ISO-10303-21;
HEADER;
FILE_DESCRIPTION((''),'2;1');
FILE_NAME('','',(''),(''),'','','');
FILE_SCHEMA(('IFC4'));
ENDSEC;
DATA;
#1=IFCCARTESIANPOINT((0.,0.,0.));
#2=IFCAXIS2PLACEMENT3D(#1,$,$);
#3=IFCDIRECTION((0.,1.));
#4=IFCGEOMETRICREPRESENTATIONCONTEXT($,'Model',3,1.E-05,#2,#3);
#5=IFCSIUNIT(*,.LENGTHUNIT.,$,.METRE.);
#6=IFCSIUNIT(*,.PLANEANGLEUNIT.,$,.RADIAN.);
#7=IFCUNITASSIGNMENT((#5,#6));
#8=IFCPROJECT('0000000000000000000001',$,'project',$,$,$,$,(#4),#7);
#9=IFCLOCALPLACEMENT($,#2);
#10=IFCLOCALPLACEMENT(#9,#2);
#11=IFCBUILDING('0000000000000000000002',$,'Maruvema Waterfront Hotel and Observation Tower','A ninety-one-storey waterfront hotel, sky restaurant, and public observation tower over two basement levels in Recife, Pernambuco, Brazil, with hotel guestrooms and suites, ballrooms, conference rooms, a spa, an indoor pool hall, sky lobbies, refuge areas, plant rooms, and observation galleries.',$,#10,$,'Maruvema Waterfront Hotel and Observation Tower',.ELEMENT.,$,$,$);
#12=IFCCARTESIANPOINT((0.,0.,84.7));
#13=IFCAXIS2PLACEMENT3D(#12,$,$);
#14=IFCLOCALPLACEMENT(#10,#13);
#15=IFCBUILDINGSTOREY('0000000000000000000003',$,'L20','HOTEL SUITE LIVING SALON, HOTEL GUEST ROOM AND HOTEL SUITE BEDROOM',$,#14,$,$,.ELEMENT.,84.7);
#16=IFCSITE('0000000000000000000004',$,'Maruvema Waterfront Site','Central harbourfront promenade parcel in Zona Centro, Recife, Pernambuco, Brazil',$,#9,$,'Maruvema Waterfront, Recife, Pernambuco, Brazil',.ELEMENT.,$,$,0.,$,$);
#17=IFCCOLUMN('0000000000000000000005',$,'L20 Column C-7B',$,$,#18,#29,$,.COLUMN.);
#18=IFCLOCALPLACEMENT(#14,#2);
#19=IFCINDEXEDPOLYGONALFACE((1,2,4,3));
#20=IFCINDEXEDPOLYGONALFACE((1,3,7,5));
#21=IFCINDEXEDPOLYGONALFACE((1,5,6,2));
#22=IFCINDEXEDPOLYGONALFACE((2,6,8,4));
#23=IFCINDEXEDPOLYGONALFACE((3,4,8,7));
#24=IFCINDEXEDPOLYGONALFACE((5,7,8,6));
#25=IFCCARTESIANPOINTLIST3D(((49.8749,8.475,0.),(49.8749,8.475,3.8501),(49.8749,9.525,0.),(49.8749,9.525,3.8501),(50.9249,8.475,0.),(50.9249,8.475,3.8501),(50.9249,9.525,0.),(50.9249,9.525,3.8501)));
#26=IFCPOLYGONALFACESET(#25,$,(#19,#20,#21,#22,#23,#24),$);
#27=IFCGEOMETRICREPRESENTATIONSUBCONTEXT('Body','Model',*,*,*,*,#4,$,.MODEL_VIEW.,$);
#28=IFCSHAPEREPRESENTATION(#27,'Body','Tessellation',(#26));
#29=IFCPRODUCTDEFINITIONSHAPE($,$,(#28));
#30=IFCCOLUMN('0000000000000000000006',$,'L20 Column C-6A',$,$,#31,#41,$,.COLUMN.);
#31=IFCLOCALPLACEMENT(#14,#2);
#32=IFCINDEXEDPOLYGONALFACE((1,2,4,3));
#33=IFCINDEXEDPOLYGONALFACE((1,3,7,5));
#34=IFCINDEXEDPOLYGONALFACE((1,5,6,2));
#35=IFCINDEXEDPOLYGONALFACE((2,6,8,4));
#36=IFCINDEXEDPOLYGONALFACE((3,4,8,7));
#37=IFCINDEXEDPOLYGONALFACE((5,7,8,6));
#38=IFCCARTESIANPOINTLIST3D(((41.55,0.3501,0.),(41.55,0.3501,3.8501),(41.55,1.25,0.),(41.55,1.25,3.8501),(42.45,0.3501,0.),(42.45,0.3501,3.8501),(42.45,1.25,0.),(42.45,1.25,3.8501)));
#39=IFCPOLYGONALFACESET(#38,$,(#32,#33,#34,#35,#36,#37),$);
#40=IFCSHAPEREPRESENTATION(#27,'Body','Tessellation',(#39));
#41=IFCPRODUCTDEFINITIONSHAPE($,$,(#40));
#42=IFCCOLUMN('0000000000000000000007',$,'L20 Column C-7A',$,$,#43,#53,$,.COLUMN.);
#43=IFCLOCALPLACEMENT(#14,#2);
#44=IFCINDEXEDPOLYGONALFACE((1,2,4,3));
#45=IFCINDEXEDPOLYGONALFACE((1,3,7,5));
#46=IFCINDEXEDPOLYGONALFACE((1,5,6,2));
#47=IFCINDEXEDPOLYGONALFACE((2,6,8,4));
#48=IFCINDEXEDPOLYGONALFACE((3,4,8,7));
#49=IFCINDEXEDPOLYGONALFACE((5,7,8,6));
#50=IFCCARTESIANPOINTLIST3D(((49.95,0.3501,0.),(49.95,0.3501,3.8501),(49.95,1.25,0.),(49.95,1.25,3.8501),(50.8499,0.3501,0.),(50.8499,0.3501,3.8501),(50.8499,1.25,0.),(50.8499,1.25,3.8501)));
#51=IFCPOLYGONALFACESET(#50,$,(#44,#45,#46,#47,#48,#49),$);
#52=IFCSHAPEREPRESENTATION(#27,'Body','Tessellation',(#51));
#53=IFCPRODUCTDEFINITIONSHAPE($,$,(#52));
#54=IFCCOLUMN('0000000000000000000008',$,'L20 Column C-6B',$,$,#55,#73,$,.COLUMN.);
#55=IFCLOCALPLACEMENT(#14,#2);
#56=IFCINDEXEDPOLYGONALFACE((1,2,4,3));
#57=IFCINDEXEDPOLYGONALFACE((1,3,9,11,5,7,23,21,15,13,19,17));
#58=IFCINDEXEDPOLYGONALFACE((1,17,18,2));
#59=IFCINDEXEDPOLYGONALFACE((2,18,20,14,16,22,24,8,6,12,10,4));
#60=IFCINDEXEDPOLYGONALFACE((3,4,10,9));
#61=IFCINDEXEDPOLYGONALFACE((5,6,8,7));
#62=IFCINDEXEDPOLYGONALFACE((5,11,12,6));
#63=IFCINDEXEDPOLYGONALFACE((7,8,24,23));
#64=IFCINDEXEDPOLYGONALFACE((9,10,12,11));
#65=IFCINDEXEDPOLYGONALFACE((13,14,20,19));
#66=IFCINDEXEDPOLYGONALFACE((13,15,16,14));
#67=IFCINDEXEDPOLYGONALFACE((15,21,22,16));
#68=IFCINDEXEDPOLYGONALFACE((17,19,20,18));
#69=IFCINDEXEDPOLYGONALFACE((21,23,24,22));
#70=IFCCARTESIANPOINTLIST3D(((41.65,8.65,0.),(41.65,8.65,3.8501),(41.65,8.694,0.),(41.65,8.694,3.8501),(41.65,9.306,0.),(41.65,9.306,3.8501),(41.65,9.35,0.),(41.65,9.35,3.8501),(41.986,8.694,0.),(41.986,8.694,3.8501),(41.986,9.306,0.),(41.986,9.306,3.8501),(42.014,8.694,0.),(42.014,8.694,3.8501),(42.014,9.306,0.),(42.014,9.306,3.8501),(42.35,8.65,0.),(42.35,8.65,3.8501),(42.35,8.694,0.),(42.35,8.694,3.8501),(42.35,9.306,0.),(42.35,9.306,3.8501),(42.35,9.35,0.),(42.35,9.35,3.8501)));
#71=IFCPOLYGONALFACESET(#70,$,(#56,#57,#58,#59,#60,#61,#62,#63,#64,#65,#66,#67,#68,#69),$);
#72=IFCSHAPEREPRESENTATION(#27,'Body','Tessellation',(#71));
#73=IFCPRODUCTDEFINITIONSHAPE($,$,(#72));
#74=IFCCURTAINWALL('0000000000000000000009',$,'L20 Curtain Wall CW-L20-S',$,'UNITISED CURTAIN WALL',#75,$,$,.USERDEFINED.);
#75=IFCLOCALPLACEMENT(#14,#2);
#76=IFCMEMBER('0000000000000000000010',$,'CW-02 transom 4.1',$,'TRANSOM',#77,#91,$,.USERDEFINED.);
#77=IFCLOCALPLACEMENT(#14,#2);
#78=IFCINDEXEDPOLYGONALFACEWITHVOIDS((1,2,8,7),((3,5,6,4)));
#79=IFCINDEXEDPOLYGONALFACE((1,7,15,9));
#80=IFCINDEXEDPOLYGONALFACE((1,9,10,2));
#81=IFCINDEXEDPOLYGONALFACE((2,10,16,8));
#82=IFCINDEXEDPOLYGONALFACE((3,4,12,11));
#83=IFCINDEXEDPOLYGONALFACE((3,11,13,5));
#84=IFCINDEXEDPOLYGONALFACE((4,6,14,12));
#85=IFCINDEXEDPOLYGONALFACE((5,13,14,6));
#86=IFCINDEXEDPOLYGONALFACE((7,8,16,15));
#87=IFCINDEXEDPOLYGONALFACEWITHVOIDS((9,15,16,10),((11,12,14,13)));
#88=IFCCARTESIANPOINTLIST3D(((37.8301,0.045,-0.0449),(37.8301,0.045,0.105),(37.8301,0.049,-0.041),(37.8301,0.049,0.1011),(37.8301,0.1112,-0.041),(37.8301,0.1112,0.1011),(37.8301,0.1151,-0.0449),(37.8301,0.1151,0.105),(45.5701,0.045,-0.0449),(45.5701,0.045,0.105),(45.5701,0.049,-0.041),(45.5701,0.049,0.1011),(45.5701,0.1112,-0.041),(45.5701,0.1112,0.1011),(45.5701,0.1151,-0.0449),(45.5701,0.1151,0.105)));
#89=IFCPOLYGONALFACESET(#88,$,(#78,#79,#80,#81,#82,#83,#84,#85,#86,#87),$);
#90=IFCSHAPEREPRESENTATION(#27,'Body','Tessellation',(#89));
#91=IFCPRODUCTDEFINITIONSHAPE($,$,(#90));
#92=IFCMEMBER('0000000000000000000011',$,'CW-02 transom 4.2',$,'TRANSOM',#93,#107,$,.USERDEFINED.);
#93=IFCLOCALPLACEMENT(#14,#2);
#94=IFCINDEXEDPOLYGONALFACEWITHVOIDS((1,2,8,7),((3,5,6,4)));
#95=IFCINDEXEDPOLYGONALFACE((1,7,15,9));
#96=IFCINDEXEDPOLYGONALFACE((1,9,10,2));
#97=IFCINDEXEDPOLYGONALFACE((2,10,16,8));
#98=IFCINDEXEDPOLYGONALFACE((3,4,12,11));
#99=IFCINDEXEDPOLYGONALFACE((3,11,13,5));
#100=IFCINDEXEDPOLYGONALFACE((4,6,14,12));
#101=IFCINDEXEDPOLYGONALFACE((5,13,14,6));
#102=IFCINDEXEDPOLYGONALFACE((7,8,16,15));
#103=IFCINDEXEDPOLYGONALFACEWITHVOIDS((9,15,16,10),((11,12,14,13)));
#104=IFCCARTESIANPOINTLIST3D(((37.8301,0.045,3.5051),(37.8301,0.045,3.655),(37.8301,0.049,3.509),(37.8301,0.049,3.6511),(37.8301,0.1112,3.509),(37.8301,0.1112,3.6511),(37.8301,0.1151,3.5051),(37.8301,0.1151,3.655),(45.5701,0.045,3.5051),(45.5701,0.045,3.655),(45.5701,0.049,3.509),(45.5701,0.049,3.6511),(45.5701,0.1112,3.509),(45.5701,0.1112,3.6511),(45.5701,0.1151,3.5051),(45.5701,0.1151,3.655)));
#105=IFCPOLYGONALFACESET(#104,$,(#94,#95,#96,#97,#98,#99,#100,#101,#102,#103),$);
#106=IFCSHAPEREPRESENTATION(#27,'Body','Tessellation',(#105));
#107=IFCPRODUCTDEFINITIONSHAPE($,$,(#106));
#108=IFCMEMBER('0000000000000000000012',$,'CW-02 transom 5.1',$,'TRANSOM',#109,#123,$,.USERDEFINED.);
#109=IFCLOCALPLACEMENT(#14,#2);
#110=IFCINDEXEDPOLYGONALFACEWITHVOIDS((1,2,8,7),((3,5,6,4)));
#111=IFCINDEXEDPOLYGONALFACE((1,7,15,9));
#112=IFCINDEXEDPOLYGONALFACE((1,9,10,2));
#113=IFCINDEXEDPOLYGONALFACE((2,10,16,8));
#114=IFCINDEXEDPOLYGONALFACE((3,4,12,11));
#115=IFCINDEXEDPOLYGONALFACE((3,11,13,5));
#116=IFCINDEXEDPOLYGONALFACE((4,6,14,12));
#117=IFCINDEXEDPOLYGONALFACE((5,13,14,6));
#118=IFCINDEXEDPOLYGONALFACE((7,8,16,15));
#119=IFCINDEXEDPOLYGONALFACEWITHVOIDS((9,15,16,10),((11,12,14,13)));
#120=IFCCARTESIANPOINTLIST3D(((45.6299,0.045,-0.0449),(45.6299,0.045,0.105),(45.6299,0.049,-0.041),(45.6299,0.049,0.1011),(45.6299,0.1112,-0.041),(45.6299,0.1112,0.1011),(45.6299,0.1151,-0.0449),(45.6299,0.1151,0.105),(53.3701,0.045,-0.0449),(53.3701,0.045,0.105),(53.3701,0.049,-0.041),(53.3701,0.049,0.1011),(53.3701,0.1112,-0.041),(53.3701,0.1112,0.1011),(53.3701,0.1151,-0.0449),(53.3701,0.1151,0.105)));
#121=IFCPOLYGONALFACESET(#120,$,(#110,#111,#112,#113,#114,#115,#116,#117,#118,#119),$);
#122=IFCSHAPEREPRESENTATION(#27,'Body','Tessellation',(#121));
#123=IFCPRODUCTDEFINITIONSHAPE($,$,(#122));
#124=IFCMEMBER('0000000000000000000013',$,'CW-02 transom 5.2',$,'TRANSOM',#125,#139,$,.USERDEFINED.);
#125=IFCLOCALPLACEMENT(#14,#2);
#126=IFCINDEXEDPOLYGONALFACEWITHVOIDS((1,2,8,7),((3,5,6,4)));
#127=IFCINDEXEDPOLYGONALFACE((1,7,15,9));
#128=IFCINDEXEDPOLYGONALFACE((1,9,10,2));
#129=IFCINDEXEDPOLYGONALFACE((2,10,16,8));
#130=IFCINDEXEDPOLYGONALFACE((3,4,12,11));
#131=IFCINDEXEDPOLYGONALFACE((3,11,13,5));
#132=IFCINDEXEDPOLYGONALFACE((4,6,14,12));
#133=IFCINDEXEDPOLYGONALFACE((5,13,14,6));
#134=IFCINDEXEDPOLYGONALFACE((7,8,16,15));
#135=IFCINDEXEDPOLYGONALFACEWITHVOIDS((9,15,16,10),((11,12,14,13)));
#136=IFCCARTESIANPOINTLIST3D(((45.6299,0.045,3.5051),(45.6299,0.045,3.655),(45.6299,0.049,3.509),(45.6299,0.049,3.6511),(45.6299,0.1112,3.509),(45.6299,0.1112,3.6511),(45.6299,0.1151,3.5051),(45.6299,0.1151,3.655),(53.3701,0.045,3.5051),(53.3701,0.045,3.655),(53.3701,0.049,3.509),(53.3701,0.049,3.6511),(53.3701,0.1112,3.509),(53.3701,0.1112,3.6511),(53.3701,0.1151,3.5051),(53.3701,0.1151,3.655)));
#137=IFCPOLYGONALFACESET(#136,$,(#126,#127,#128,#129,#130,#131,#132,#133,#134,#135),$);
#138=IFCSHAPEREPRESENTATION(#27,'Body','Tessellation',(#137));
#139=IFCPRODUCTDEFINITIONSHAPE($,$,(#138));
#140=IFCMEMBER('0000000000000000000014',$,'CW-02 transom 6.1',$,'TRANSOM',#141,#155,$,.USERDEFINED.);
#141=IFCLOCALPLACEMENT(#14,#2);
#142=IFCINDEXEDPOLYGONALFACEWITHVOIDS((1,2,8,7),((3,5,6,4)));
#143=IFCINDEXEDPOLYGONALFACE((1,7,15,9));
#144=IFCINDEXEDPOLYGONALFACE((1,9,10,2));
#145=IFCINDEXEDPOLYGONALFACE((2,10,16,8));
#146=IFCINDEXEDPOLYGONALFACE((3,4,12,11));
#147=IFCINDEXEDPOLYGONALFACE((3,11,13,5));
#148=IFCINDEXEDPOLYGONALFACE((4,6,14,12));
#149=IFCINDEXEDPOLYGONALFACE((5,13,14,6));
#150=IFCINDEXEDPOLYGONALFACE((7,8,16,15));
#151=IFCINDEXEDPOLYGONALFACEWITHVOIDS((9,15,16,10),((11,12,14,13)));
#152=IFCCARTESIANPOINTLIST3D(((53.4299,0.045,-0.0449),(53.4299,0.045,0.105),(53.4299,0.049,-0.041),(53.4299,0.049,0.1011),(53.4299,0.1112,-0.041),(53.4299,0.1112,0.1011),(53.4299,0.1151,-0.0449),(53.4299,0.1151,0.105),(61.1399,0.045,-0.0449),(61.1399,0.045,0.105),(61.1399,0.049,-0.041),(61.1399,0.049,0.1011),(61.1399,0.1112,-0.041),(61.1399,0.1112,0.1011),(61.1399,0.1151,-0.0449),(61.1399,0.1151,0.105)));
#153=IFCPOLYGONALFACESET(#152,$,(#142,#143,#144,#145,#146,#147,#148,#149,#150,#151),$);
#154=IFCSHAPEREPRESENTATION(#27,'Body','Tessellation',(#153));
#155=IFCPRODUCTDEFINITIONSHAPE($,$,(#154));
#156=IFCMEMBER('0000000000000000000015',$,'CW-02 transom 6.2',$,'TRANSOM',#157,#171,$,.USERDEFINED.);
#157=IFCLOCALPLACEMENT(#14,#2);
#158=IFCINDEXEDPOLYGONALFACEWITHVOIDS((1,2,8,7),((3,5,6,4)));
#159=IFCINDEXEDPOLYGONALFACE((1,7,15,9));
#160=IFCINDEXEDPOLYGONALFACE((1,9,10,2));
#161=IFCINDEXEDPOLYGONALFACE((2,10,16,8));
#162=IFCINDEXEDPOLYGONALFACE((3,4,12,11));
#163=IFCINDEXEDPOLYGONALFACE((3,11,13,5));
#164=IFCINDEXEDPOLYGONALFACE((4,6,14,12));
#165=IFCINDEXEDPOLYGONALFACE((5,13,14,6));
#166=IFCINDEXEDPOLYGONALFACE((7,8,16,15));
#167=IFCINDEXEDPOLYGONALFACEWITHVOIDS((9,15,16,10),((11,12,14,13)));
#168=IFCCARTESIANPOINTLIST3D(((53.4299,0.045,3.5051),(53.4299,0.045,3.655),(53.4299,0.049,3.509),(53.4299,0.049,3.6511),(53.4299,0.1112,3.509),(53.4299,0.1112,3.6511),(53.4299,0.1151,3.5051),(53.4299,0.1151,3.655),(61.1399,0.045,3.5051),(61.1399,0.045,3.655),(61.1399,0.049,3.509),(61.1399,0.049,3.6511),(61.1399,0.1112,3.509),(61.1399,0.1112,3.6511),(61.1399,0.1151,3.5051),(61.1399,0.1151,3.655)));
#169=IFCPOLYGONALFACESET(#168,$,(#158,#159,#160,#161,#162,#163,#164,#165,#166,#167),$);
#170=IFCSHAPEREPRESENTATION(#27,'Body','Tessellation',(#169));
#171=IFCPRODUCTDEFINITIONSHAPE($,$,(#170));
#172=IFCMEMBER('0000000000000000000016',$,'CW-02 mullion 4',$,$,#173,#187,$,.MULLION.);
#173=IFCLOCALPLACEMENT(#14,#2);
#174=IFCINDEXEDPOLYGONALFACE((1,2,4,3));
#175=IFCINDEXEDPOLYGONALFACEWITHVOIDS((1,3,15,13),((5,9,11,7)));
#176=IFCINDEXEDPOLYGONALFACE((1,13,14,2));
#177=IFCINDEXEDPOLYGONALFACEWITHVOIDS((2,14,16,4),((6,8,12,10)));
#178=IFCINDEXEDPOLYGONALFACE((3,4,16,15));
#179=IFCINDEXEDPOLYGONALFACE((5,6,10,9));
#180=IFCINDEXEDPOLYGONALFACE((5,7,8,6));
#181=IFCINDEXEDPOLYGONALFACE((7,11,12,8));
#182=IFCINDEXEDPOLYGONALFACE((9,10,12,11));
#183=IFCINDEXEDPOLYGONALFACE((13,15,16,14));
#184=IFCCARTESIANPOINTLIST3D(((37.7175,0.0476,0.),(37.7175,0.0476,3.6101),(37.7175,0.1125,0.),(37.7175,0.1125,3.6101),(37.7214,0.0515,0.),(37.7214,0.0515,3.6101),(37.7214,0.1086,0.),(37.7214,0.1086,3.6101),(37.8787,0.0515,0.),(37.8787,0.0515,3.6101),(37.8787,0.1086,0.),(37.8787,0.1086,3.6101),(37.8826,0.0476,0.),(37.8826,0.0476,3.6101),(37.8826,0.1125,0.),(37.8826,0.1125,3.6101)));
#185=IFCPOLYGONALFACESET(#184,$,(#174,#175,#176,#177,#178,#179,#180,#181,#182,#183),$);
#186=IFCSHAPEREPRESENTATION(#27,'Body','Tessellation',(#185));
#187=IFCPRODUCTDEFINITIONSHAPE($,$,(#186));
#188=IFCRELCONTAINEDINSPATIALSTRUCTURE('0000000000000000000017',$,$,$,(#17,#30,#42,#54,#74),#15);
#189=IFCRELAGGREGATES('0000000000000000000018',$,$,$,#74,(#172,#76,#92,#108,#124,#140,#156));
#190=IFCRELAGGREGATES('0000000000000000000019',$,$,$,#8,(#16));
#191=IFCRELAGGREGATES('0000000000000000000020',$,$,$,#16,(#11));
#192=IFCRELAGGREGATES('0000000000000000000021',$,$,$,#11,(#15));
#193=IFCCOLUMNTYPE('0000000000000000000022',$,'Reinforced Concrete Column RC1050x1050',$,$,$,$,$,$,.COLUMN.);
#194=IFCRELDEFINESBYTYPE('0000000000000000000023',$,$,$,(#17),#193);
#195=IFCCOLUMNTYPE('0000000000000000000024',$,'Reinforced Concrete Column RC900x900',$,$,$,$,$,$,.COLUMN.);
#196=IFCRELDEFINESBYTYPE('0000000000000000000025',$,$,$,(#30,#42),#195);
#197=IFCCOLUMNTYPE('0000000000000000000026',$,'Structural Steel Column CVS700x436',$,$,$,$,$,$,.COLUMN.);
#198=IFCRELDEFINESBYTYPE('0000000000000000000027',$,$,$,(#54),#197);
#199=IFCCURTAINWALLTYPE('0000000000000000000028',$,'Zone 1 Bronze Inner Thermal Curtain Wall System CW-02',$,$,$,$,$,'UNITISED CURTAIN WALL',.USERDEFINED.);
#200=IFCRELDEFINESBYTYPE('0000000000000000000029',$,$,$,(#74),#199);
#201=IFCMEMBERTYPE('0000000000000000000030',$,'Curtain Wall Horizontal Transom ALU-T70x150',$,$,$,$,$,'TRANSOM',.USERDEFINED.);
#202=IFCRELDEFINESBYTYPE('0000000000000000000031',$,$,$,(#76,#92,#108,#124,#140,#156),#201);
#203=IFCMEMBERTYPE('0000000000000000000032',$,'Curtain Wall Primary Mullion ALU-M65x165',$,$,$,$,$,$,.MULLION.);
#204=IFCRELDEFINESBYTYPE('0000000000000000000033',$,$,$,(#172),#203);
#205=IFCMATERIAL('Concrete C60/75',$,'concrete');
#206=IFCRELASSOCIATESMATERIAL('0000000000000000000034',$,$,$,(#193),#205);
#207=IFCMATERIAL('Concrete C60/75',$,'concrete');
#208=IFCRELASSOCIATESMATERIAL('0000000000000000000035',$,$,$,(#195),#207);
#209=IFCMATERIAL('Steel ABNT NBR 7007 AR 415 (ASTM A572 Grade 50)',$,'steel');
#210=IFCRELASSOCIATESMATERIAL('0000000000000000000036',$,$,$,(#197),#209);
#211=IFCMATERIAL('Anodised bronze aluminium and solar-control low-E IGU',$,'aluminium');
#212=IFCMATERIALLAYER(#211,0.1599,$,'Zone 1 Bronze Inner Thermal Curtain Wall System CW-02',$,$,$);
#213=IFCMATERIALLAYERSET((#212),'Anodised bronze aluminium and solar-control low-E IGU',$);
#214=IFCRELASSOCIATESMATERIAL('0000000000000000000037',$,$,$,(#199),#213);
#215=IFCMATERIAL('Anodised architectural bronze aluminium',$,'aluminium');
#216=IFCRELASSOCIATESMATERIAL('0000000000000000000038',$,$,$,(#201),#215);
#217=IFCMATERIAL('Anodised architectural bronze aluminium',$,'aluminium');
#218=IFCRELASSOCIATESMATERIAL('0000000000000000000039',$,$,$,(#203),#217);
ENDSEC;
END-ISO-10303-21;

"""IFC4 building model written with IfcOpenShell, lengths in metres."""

from ifc_helpers import new_model, si_unit, direction, frame, origin, origin_2d, place, context, subcontext, project, spatial, rectangle, hollow_rectangle, i_section, extrude, material, layer, layer_set, material_profile, profile_set, type_object, element, aggregate, save


model = new_model("IFC4")

# Units and contexts
model_context = context("Model", 3, precision=1e-05, world=origin(), true_north=direction((0.0, 1.0)))
body_context = subcontext(model_context, "Body", "Model", "MODEL_VIEW")
ifc_project = project(units=[si_unit("LENGTHUNIT", "METRE"), si_unit("PLANEANGLEUNIT", "RADIAN")], contexts=[model_context])

# Site, building, storey
site_placement = place(None, origin())
site = spatial("IfcSite", under=ifc_project, at=site_placement, Name="Maruvema Waterfront Site", Description="Central harbourfront promenade parcel in Zona Centro, Recife, Pernambuco, Brazil", LongName="Maruvema Waterfront, Recife, Pernambuco, Brazil", CompositionType="ELEMENT", RefElevation=0.0)
building_placement = place(site_placement, origin())
building = spatial("IfcBuilding", under=site, at=building_placement, Name="Maruvema Waterfront Hotel and Observation Tower", Description="A ninety-one-storey waterfront hotel, sky restaurant, and public observation tower over two basement levels in Recife, Pernambuco, Brazil, with hotel guestrooms and suites, ballrooms, conference rooms, a spa, an indoor pool hall, sky lobbies, refuge areas, plant rooms, and observation galleries.", LongName="Maruvema Waterfront Hotel and Observation Tower", CompositionType="ELEMENT")
storey_placement = place(building_placement, frame((0.0, 0.0, 84.7)))
storey = spatial("IfcBuildingStorey", under=building, at=storey_placement, Name="L20", Description="HOTEL SUITE LIVING SALON, HOTEL GUEST ROOM AND HOTEL SUITE BEDROOM", CompositionType="ELEMENT", Elevation=84.7)

# Columns
ifc_material_1 = material(Name="Concrete C60/75", Category="concrete")
ifc_material_profile_1 = material_profile(ifc_material_1, rectangle(XDim=1.05, YDim=1.05, at=origin_2d()), Name="RC1050x1050")
ifc_profile_set_1 = profile_set([ifc_material_profile_1], Name="Concrete C60/75")
column_type_1 = type_object("IfcColumnType", Name="Reinforced Concrete Column RC1050x1050", PredefinedType="COLUMN", material=ifc_profile_set_1)
column_1_placement = place(storey_placement, frame((50.3999, 9.0, 0.0), z_axis=(0.0, 0.0, 1.0), x_axis=(1.0, 0.0, 0.0)))
element("IfcColumn", 1, at=column_1_placement, inside=storey, type_object=column_type_1, Name="L20 Column C-7B", PredefinedType="COLUMN", context=body_context, shape_type="SweptSolid", body=[
    extrude(rectangle(XDim=1.05, YDim=1.05, at=origin_2d()), origin(), (0.0, 0.0, 1.0), 3.8501),
])
ifc_material_2 = material(Name="Concrete C60/75", Category="concrete")
ifc_material_profile_2 = material_profile(ifc_material_2, rectangle(XDim=0.8999, YDim=0.8999, at=origin_2d()), Name="RC900x900")
ifc_profile_set_2 = profile_set([ifc_material_profile_2], Name="Concrete C60/75")
column_type_2 = type_object("IfcColumnType", Name="Reinforced Concrete Column RC900x900", PredefinedType="COLUMN", material=ifc_profile_set_2)
for number, where, z_axis, x_axis, name in (
    (2, (42.0, 0.8, 0.0), (0.0, 0.0, 1.0), (1.0, 0.0, 0.0), "L20 Column C-6A"),
    (3, (50.3999, 0.8, 0.0), (0.0, 0.0, 1.0), (1.0, 0.0, 0.0), "L20 Column C-7A"),
):
    element("IfcColumn", number, at=place(storey_placement, frame(where, z_axis=z_axis, x_axis=x_axis)), inside=storey, type_object=column_type_2, Name=name, PredefinedType="COLUMN", context=body_context, shape_type="SweptSolid", body=[
        extrude(rectangle(XDim=0.8999, YDim=0.8999, at=origin_2d()), origin(), (0.0, 0.0, 1.0), 3.8501),
    ])
ifc_material_3 = material(Name="Steel ABNT NBR 7007 AR 415 (ASTM A572 Grade 50)", Category="steel")
ifc_material_profile_3 = material_profile(ifc_material_3, i_section(OverallWidth=0.7, OverallDepth=0.7, WebThickness=0.0281, FlangeThickness=0.0439, at=origin_2d()), Name="CVS700x436")
ifc_profile_set_3 = profile_set([ifc_material_profile_3], Name="Steel ABNT NBR 7007 AR 415 (ASTM A572 Grade 50)")
column_type_3 = type_object("IfcColumnType", Name="Structural Steel Column CVS700x436", PredefinedType="COLUMN", material=ifc_profile_set_3)
column_2_placement = place(storey_placement, frame((42.0, 9.0, 0.0), z_axis=(0.0, 0.0, 1.0), x_axis=(1.0, 0.0, 0.0)))
element("IfcColumn", 4, at=column_2_placement, inside=storey, type_object=column_type_3, Name="L20 Column C-6B", PredefinedType="COLUMN", context=body_context, shape_type="SweptSolid", body=[
    extrude(i_section(OverallWidth=0.7, OverallDepth=0.7, WebThickness=0.0281, FlangeThickness=0.0439, at=origin_2d()), origin(), (0.0, 0.0, 1.0), 3.8501),
])

# Curtain wall, members
ifc_material_4 = material(Name="Anodised bronze aluminium and solar-control low-E IGU", Category="aluminium")
ifc_layer_1 = layer(ifc_material_4, 0.1599, Name="Zone 1 Bronze Inner Thermal Curtain Wall System CW-02")
ifc_layer_set_1 = layer_set([ifc_layer_1], Name="Anodised bronze aluminium and solar-control low-E IGU")
curtain_wall_type = type_object("IfcCurtainWallType", Name="Zone 1 Bronze Inner Thermal Curtain Wall System CW-02", ElementType="UNITISED CURTAIN WALL", PredefinedType="USERDEFINED", material=ifc_layer_set_1)
curtain_wall_placement = place(storey_placement, origin())
curtain_wall = element("IfcCurtainWall", 5, at=curtain_wall_placement, inside=storey, type_object=curtain_wall_type, Name="L20 Curtain Wall CW-L20-S", ObjectType="UNITISED CURTAIN WALL", PredefinedType="USERDEFINED")
ifc_material_5 = material(Name="Anodised architectural bronze aluminium", Category="aluminium")
ifc_material_profile_4 = material_profile(ifc_material_5, hollow_rectangle(XDim=0.0701, YDim=0.1499, WallThickness=0.0039, at=origin_2d()), Name="ALU-T70x150")
ifc_profile_set_4 = profile_set([ifc_material_profile_4], Name="Anodised architectural bronze aluminium")
member_type_1 = type_object("IfcMemberType", Name="Curtain Wall Horizontal Transom ALU-T70x150", ElementType="TRANSOM", PredefinedType="USERDEFINED", material=ifc_profile_set_4)
member_1_placement = place(storey_placement, frame((37.8301, 0.0801, 0.03), z_axis=(1.0, 0.0, 0.0), x_axis=(0.0, 1.0, 0.0)))
member_1 = element("IfcMember", 6, at=member_1_placement, type_object=member_type_1, Name="CW-02 transom 4.1", ObjectType="TRANSOM", PredefinedType="USERDEFINED", context=body_context, shape_type="SweptSolid", body=[
    extrude(hollow_rectangle(XDim=0.0701, YDim=0.1499, WallThickness=0.0039, at=origin_2d()), origin(), (0.0, 0.0, 1.0), 7.74),
])
member_2_placement = place(storey_placement, frame((37.8301, 0.0801, 3.5801), z_axis=(1.0, 0.0, 0.0), x_axis=(0.0, 1.0, 0.0)))
member_2 = element("IfcMember", 7, at=member_2_placement, type_object=member_type_1, Name="CW-02 transom 4.2", ObjectType="TRANSOM", PredefinedType="USERDEFINED", context=body_context, shape_type="SweptSolid", body=[
    extrude(hollow_rectangle(XDim=0.0701, YDim=0.1499, WallThickness=0.0039, at=origin_2d()), origin(), (0.0, 0.0, 1.0), 7.74),
])
member_3_placement = place(storey_placement, frame((45.6299, 0.0801, 0.03), z_axis=(1.0, 0.0, 0.0), x_axis=(0.0, 1.0, 0.0)))
member_3 = element("IfcMember", 8, at=member_3_placement, type_object=member_type_1, Name="CW-02 transom 5.1", ObjectType="TRANSOM", PredefinedType="USERDEFINED", context=body_context, shape_type="SweptSolid", body=[
    extrude(hollow_rectangle(XDim=0.0701, YDim=0.1499, WallThickness=0.0039, at=origin_2d()), origin(), (0.0, 0.0, 1.0), 7.7402),
])
member_4_placement = place(storey_placement, frame((45.6299, 0.0801, 3.5801), z_axis=(1.0, 0.0, 0.0), x_axis=(0.0, 1.0, 0.0)))
member_4 = element("IfcMember", 9, at=member_4_placement, type_object=member_type_1, Name="CW-02 transom 5.2", ObjectType="TRANSOM", PredefinedType="USERDEFINED", context=body_context, shape_type="SweptSolid", body=[
    extrude(hollow_rectangle(XDim=0.0701, YDim=0.1499, WallThickness=0.0039, at=origin_2d()), origin(), (0.0, 0.0, 1.0), 7.7402),
])
member_5_placement = place(storey_placement, frame((53.4299, 0.0801, 0.03), z_axis=(1.0, 0.0, 0.0), x_axis=(0.0, 1.0, 0.0)))
member_5 = element("IfcMember", 10, at=member_5_placement, type_object=member_type_1, Name="CW-02 transom 6.1", ObjectType="TRANSOM", PredefinedType="USERDEFINED", context=body_context, shape_type="SweptSolid", body=[
    extrude(hollow_rectangle(XDim=0.0701, YDim=0.1499, WallThickness=0.0039, at=origin_2d()), origin(), (0.0, 0.0, 1.0), 7.71),
])
member_6_placement = place(storey_placement, frame((53.4299, 0.0801, 3.5801), z_axis=(1.0, 0.0, 0.0), x_axis=(0.0, 1.0, 0.0)))
member_6 = element("IfcMember", 11, at=member_6_placement, type_object=member_type_1, Name="CW-02 transom 6.2", ObjectType="TRANSOM", PredefinedType="USERDEFINED", context=body_context, shape_type="SweptSolid", body=[
    extrude(hollow_rectangle(XDim=0.0701, YDim=0.1499, WallThickness=0.0039, at=origin_2d()), origin(), (0.0, 0.0, 1.0), 7.71),
])
ifc_material_6 = material(Name="Anodised architectural bronze aluminium", Category="aluminium")
ifc_material_profile_5 = material_profile(ifc_material_6, hollow_rectangle(XDim=0.0649, YDim=0.165, WallThickness=0.0039, at=origin_2d()), Name="ALU-M65x165")
ifc_profile_set_5 = profile_set([ifc_material_profile_5], Name="Anodised architectural bronze aluminium")
member_type_2 = type_object("IfcMemberType", Name="Curtain Wall Primary Mullion ALU-M65x165", PredefinedType="MULLION", material=ifc_profile_set_5)
member_7_placement = place(storey_placement, frame((37.8, 0.0801, 0.0), z_axis=(0.0, 0.0, 1.0), x_axis=(0.0, 1.0, 0.0)))
member_7 = element("IfcMember", 12, at=member_7_placement, type_object=member_type_2, Name="CW-02 mullion 4", PredefinedType="MULLION", context=body_context, shape_type="SweptSolid", body=[
    extrude(hollow_rectangle(XDim=0.0649, YDim=0.165, WallThickness=0.0039, at=origin_2d()), origin(), (0.0, 0.0, 1.0), 3.6101),
])

aggregate(curtain_wall, [member_7, member_1, member_2, member_3, member_4, member_5, member_6])

save(model, "model.ifc")
